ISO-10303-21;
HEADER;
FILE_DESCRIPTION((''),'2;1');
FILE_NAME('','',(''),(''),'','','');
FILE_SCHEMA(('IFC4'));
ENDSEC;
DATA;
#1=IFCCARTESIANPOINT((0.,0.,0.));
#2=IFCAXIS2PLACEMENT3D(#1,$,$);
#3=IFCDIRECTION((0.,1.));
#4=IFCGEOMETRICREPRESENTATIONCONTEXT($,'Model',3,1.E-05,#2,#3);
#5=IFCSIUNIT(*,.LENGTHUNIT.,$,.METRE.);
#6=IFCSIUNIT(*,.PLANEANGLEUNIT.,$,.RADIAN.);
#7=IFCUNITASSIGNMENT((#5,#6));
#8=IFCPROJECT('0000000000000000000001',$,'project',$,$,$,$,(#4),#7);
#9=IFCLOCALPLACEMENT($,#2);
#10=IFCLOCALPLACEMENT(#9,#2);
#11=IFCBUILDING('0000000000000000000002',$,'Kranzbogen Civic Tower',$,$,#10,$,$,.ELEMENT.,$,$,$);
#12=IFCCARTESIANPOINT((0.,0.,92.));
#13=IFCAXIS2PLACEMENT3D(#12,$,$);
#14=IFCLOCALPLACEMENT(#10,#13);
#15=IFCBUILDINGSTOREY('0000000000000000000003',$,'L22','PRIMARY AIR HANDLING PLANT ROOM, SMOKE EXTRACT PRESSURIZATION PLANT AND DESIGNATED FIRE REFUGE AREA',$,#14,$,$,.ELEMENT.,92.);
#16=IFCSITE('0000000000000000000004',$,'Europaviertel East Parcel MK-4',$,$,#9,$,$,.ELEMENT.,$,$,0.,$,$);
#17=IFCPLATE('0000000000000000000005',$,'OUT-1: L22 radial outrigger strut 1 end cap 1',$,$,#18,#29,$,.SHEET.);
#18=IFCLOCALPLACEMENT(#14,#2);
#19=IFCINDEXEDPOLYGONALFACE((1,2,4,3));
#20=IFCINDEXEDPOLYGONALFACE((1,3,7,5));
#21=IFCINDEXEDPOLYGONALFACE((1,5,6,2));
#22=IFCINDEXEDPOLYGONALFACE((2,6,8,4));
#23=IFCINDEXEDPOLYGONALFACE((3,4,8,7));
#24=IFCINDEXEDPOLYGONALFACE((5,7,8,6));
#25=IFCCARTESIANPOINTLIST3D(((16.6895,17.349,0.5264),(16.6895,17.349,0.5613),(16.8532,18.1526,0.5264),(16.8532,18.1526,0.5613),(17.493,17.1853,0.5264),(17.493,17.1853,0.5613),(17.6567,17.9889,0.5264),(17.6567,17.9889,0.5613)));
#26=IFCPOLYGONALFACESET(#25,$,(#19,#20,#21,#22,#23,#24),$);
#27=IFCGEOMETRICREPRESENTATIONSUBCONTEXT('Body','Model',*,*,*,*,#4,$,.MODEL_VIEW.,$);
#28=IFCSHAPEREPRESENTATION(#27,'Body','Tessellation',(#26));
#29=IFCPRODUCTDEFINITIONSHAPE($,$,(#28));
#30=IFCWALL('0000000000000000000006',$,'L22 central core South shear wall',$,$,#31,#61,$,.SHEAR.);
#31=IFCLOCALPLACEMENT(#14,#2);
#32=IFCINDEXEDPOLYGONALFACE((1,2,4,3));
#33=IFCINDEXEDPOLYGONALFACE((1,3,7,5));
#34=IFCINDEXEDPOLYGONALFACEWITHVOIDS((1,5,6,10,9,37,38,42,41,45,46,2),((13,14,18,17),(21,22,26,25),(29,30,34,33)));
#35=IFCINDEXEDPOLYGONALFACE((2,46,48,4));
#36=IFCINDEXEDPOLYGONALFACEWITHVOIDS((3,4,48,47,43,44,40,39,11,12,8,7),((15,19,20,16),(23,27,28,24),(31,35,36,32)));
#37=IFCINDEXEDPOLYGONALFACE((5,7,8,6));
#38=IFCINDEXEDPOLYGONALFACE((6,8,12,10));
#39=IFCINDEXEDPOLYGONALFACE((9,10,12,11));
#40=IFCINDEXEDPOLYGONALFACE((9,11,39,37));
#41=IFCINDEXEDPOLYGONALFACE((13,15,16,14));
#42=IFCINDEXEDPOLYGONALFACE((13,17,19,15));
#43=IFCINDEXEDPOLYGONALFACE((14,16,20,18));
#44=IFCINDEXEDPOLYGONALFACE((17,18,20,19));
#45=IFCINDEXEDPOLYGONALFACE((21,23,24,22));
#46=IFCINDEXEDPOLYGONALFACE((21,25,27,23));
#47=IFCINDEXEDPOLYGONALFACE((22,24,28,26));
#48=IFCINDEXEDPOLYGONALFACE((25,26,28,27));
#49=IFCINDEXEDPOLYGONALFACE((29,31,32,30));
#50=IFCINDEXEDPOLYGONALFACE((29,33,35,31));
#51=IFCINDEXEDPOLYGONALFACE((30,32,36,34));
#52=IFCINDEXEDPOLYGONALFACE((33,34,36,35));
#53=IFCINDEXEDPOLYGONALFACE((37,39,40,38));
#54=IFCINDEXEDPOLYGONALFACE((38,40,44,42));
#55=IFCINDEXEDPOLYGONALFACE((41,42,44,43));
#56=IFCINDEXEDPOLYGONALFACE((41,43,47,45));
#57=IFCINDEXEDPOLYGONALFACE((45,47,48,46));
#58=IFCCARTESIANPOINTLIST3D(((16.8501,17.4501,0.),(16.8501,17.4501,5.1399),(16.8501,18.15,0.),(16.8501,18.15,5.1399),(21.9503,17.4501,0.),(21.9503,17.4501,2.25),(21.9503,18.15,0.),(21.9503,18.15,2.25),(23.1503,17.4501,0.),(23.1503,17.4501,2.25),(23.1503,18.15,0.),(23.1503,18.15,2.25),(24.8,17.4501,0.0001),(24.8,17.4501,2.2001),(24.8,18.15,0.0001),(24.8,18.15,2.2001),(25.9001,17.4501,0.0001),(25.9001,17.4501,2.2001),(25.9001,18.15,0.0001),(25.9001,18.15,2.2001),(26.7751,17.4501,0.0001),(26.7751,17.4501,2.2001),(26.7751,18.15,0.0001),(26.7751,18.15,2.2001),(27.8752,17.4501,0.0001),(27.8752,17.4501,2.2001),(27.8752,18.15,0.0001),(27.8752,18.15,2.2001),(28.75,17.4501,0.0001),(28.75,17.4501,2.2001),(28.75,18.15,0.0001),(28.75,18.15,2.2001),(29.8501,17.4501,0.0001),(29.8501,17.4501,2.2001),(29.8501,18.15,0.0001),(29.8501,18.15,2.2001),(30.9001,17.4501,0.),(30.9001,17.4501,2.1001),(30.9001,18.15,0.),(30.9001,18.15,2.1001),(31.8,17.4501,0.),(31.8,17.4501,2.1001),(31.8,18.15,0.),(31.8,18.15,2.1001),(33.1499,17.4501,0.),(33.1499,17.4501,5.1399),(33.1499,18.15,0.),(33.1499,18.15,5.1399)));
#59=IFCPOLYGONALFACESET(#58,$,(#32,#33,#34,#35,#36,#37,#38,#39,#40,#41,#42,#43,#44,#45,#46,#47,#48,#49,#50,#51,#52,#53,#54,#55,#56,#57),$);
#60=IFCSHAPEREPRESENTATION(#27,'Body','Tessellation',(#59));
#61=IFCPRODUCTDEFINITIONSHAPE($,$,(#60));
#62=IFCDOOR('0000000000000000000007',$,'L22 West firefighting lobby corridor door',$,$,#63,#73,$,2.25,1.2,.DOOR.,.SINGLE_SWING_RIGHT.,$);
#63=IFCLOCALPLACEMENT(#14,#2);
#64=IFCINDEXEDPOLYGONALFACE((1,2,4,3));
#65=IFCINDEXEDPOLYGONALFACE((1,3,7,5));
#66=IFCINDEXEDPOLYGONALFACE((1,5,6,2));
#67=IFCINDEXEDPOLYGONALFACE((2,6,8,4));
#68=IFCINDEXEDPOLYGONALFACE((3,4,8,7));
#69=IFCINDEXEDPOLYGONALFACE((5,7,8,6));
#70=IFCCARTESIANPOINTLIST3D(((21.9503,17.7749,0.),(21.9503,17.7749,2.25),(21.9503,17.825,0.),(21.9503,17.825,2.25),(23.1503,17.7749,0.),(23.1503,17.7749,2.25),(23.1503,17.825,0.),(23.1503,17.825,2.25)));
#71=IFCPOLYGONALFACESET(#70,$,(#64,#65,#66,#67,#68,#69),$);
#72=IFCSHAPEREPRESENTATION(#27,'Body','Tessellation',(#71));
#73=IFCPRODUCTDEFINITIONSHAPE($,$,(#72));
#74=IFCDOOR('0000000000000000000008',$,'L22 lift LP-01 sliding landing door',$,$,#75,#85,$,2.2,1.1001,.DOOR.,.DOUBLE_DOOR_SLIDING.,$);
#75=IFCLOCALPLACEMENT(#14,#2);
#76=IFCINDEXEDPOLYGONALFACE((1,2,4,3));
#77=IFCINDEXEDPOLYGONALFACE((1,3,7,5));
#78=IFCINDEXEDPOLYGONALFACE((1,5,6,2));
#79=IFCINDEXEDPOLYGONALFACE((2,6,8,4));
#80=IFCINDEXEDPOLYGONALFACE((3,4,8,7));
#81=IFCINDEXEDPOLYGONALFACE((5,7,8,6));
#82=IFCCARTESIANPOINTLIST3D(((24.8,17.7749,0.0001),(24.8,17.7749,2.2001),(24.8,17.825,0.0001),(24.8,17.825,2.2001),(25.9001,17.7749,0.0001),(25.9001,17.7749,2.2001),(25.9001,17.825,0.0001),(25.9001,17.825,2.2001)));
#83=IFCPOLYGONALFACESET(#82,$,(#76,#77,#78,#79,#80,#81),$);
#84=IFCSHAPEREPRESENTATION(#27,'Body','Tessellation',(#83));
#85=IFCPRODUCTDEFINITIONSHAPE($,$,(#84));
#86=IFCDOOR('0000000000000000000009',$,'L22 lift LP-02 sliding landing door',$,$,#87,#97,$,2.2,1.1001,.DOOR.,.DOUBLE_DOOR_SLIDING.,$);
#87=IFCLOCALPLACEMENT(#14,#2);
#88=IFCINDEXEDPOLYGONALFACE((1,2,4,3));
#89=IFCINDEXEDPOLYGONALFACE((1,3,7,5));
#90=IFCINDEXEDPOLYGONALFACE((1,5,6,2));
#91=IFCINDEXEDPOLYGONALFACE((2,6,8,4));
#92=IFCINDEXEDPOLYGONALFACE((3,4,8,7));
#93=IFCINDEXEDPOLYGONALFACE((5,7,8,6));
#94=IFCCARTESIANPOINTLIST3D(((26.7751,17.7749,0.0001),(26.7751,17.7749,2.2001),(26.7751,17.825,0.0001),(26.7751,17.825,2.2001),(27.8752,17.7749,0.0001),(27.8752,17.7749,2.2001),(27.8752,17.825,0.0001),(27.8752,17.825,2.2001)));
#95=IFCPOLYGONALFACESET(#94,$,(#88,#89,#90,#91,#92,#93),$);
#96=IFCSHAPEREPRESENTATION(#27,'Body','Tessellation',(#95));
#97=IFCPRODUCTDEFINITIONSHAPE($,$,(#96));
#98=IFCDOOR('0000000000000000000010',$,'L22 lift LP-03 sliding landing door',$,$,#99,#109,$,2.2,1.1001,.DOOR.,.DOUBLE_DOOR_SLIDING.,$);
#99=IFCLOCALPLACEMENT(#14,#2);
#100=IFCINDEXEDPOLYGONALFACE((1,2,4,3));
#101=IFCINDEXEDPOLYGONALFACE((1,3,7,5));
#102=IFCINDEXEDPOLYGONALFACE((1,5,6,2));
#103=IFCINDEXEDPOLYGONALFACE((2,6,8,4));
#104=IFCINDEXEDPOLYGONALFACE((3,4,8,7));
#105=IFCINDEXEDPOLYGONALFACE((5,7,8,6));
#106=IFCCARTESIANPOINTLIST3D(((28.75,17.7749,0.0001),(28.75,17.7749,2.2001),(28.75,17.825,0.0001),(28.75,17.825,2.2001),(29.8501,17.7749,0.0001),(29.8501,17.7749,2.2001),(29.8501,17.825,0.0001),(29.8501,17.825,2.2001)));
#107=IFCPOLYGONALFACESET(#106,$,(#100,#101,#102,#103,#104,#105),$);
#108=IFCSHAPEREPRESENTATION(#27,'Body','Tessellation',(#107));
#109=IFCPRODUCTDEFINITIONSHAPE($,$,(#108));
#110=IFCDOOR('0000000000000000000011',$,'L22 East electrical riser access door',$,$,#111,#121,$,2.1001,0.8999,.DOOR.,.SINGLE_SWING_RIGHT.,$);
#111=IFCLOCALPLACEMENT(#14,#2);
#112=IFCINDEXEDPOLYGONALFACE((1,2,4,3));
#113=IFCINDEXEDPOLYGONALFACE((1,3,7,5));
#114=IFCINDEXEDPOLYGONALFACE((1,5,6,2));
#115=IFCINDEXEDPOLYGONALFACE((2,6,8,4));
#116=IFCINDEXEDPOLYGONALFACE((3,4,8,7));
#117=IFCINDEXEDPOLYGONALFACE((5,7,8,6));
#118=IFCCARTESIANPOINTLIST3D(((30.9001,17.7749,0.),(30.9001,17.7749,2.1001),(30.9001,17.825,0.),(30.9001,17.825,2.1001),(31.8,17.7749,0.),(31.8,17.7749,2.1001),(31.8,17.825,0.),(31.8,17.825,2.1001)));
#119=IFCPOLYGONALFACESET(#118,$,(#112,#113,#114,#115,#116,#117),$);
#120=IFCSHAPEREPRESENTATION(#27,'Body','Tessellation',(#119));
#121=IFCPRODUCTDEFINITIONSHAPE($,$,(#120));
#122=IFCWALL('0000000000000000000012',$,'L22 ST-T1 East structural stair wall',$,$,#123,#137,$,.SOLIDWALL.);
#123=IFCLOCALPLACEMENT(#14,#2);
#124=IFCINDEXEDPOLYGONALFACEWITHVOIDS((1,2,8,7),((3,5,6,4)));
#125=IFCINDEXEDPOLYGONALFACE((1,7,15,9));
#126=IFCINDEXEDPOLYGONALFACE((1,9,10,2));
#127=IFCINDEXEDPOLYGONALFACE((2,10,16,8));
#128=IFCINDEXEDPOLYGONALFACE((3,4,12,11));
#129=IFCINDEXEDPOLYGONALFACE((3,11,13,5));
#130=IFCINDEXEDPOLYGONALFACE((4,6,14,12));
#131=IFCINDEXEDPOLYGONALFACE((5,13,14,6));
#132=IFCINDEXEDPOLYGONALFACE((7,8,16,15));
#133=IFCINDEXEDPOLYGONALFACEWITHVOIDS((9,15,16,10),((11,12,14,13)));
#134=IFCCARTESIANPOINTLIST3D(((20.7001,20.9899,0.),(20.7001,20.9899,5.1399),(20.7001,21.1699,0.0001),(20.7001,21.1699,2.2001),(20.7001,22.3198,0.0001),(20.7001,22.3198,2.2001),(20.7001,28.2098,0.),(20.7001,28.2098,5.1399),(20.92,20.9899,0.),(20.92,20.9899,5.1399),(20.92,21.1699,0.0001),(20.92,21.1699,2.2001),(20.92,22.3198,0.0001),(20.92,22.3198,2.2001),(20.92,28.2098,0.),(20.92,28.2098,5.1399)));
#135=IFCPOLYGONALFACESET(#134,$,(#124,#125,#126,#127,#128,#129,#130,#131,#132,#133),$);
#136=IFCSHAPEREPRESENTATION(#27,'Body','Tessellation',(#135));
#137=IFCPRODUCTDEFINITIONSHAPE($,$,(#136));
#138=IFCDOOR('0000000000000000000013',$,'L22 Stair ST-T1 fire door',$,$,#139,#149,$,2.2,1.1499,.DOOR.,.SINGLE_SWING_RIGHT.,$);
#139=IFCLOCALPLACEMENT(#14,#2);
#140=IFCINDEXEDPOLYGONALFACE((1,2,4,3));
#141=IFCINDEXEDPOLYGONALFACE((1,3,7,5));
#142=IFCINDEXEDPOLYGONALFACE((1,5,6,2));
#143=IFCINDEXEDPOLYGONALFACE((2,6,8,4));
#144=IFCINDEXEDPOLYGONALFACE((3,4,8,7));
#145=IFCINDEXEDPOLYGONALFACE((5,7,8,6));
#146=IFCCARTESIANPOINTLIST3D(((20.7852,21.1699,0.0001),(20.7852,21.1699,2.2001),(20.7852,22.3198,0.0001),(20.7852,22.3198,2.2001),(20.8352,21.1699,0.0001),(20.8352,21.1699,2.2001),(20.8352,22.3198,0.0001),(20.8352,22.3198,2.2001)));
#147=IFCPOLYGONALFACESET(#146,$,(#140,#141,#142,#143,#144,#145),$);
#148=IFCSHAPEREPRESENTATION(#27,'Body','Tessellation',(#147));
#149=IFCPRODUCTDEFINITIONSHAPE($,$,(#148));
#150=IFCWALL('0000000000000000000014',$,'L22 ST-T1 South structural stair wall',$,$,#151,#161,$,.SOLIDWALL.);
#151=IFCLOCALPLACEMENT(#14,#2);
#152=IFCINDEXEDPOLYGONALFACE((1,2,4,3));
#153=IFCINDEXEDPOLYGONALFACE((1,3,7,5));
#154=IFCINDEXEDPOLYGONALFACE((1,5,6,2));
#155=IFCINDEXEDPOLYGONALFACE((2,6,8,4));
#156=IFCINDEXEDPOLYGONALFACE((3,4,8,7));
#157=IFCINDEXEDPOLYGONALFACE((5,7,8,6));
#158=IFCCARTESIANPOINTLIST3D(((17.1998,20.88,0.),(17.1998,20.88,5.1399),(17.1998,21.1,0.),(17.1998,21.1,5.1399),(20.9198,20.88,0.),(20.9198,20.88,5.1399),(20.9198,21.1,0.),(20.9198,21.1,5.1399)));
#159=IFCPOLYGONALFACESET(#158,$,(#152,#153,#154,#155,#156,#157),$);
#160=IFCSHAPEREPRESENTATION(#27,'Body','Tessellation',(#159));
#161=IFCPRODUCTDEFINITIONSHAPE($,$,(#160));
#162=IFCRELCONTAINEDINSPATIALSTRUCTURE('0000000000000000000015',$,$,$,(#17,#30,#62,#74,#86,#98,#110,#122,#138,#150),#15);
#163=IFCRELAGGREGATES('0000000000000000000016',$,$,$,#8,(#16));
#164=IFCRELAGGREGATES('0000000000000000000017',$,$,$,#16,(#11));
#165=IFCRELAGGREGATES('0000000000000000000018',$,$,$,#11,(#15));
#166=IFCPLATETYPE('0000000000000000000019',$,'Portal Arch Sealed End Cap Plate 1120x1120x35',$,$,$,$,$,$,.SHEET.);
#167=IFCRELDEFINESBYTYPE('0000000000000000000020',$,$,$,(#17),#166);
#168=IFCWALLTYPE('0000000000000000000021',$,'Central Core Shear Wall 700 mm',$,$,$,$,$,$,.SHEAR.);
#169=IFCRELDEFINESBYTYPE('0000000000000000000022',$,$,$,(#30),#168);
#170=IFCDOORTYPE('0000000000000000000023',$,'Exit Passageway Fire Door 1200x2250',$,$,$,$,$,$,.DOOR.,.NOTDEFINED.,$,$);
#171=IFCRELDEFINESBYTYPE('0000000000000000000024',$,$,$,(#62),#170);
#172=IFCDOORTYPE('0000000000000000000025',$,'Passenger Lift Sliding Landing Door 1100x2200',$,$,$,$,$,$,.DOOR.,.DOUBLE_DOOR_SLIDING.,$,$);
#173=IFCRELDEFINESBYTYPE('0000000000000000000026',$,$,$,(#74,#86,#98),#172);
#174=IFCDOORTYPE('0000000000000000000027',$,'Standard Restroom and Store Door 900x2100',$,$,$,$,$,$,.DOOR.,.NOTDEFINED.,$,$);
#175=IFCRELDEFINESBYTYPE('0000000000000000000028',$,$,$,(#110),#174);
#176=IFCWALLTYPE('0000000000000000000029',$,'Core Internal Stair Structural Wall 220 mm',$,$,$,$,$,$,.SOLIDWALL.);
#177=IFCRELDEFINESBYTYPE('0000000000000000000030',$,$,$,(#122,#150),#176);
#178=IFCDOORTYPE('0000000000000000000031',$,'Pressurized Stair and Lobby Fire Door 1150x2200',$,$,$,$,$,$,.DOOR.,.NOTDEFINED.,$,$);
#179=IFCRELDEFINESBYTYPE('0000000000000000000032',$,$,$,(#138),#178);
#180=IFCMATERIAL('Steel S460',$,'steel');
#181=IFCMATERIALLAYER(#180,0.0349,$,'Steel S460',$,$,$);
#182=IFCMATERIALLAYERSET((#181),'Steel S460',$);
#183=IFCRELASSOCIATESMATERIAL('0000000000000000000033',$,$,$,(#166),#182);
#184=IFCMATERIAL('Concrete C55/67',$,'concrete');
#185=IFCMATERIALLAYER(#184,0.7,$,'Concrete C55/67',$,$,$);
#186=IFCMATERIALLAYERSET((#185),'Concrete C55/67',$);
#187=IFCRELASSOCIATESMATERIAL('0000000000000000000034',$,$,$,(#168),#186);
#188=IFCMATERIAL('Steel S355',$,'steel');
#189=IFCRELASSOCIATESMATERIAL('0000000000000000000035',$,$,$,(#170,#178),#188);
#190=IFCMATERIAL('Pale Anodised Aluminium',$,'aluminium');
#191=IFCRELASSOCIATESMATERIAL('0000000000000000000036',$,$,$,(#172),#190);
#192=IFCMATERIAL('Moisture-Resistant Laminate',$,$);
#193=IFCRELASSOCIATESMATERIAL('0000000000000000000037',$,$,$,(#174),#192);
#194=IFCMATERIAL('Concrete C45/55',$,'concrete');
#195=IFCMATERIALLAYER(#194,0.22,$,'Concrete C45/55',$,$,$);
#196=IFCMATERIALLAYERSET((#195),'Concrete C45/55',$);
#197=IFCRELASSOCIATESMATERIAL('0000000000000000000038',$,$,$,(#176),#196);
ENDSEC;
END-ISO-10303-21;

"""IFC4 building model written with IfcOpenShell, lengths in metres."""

from ifc_helpers import new_model, si_unit, direction, frame, frame_2d, origin, origin_2d, place, context, subcontext, project, spatial, rectangle, extrude, material, layer, layer_set, type_object, element, fill, save


model = new_model("IFC4")

# Units and contexts
model_context = context("Model", 3, precision=1e-05, world=origin(), true_north=direction((0.0, 1.0)))
body_context = subcontext(model_context, "Body", "Model", "MODEL_VIEW")
ifc_project = project(units=[si_unit("LENGTHUNIT", "METRE"), si_unit("PLANEANGLEUNIT", "RADIAN")], contexts=[model_context])

# Site, building, storey
site_placement = place(None, origin())
site = spatial("IfcSite", under=ifc_project, at=site_placement, Name="Europaviertel East Parcel MK-4", CompositionType="ELEMENT", RefElevation=0.0)
building_placement = place(site_placement, origin())
building = spatial("IfcBuilding", under=site, at=building_placement, Name="Kranzbogen Civic Tower", CompositionType="ELEMENT")
storey_placement = place(building_placement, frame((0.0, 0.0, 92.0)))
storey = spatial("IfcBuildingStorey", under=building, at=storey_placement, Name="L22", Description="PRIMARY AIR HANDLING PLANT ROOM, SMOKE EXTRACT PRESSURIZATION PLANT AND DESIGNATED FIRE REFUGE AREA", CompositionType="ELEMENT", Elevation=92.0)

# Shared definitions
ifc_material_1 = material(Name="Steel S460", Category="steel")

# Shared definitions
ifc_material_2 = material(Name="Steel S355", Category="steel")

# Plate
ifc_layer_1 = layer(ifc_material_1, 0.0349, Name="Steel S460")
ifc_layer_set_1 = layer_set([ifc_layer_1], Name="Steel S460")
plate_type = type_object("IfcPlateType", Name="Portal Arch Sealed End Cap Plate 1120x1120x35", PredefinedType="SHEET", material=ifc_layer_set_1)
plate_placement = place(storey_placement, frame((17.1731, 17.6689, 0.5264), z_axis=(0.0, 0.0, 1.0), x_axis=(-0.199624, -0.979872, 0.0)))
element("IfcPlate", 1, at=plate_placement, inside=storey, type_object=plate_type, Name="OUT-1: L22 radial outrigger strut 1 end cap 1", PredefinedType="SHEET", context=body_context, shape_type="SweptSolid", body=[
    extrude(rectangle(XDim=0.8201, YDim=0.8201, at=origin_2d()), origin(), (0.0, 0.0, 1.0), 0.0349),
])

# Wall, openings, doors
ifc_material_3 = material(Name="Concrete C55/67", Category="concrete")
ifc_layer_2 = layer(ifc_material_3, 0.7, Name="Concrete C55/67")
ifc_layer_set_2 = layer_set([ifc_layer_2], Name="Concrete C55/67")
wall_type_1 = type_object("IfcWallType", Name="Central Core Shear Wall 700 mm", PredefinedType="SHEAR", material=ifc_layer_set_2)
wall_1_placement = place(storey_placement, frame((16.8501, 17.8, 0.0), z_axis=(0.0, 0.0, 1.0), x_axis=(1.0, 0.0, 0.0)))
wall_1 = element("IfcWall", 2, at=wall_1_placement, inside=storey, type_object=wall_type_1, Name="L22 central core South shear wall", PredefinedType="SHEAR", context=body_context, shape_type="SweptSolid", body=[
    extrude(rectangle(XDim=16.2998, YDim=0.7, at=frame_2d((8.1499, 0.0))), origin(), (0.0, 0.0, 1.0), 5.1399),
])
opening_1_placement = place(wall_1_placement, frame((5.1001, 0.0, 0.0)))
opening_1 = element("IfcOpeningElement", 3, at=opening_1_placement, cuts=wall_1, PredefinedType="OPENING", context=body_context, shape_type="SweptSolid", body=[
    extrude(rectangle(XDim=1.2, YDim=2.25, at=frame_2d((0.6001, 1.125))), frame((0.0, 0.3599, 0.0), z_axis=(0.0, -1.0, 0.0), x_axis=(1.0, 0.0, 0.0)), (0.0, 0.0, 1.0), 0.72),
])
opening_2_placement = place(wall_1_placement, frame((14.05, 0.0, 0.0)))
opening_2 = element("IfcOpeningElement", 4, at=opening_2_placement, cuts=wall_1, PredefinedType="OPENING", context=body_context, shape_type="SweptSolid", body=[
    extrude(rectangle(XDim=0.8999, YDim=2.1001, at=frame_2d((0.45, 1.05))), frame((0.0, 0.3599, 0.0), z_axis=(0.0, -1.0, 0.0), x_axis=(1.0, 0.0, 0.0)), (0.0, 0.0, 1.0), 0.72),
])
opening_3_placement = place(wall_1_placement, frame((7.95, 0.0, 0.0)))
opening_3 = element("IfcOpeningElement", 5, at=opening_3_placement, cuts=wall_1, PredefinedType="OPENING", context=body_context, shape_type="SweptSolid", body=[
    extrude(rectangle(XDim=1.1001, YDim=2.2, at=frame_2d((0.55, 1.1001))), frame((0.0, 0.3599, 0.0), z_axis=(0.0, -1.0, 0.0), x_axis=(1.0, 0.0, 0.0)), (0.0, 0.0, 1.0), 0.72),
])
opening_4_placement = place(wall_1_placement, frame((9.925, 0.0, 0.0)))
opening_4 = element("IfcOpeningElement", 6, at=opening_4_placement, cuts=wall_1, PredefinedType="OPENING", context=body_context, shape_type="SweptSolid", body=[
    extrude(rectangle(XDim=1.1001, YDim=2.2, at=frame_2d((0.55, 1.1001))), frame((0.0, 0.3599, 0.0), z_axis=(0.0, -1.0, 0.0), x_axis=(1.0, 0.0, 0.0)), (0.0, 0.0, 1.0), 0.72),
])
opening_5_placement = place(wall_1_placement, frame((11.8999, 0.0, 0.0)))
opening_5 = element("IfcOpeningElement", 7, at=opening_5_placement, cuts=wall_1, PredefinedType="OPENING", context=body_context, shape_type="SweptSolid", body=[
    extrude(rectangle(XDim=1.1001, YDim=2.2, at=frame_2d((0.55, 1.1001))), frame((0.0, 0.3599, 0.0), z_axis=(0.0, -1.0, 0.0), x_axis=(1.0, 0.0, 0.0)), (0.0, 0.0, 1.0), 0.72),
])
door_type_1 = type_object("IfcDoorType", Name="Exit Passageway Fire Door 1200x2250", OperationType="NOTDEFINED", PredefinedType="DOOR", material=ifc_material_2)
door_1_placement = place(opening_1_placement, origin())
door_1 = element("IfcDoor", 8, at=door_1_placement, inside=storey, type_object=door_type_1, Name="L22 West firefighting lobby corridor door", OperationType="SINGLE_SWING_RIGHT", OverallHeight=2.25, OverallWidth=1.2, PredefinedType="DOOR", context=body_context, shape_type="SweptSolid", body=[
    extrude(rectangle(XDim=1.2, YDim=2.25, at=frame_2d((0.6001, 1.125))), frame((0.0, 0.0249, 0.0), z_axis=(0.0, -1.0, 0.0), x_axis=(1.0, 0.0, 0.0)), (0.0, 0.0, 1.0), 0.05),
])
fill(opening_1, door_1)
ifc_material_4 = material(Name="Pale Anodised Aluminium", Category="aluminium")
door_type_2 = type_object("IfcDoorType", Name="Passenger Lift Sliding Landing Door 1100x2200", OperationType="DOUBLE_DOOR_SLIDING", PredefinedType="DOOR", material=ifc_material_4)
door_2_placement = place(opening_3_placement, origin())
door_2 = element("IfcDoor", 9, at=door_2_placement, inside=storey, type_object=door_type_2, Name="L22 lift LP-01 sliding landing door", OperationType="DOUBLE_DOOR_SLIDING", OverallHeight=2.2, OverallWidth=1.1001, PredefinedType="DOOR", context=body_context, shape_type="SweptSolid", body=[
    extrude(rectangle(XDim=1.1001, YDim=2.2, at=frame_2d((0.55, 1.1001))), frame((0.0, 0.0249, 0.0), z_axis=(0.0, -1.0, 0.0), x_axis=(1.0, 0.0, 0.0)), (0.0, 0.0, 1.0), 0.05),
])
fill(opening_3, door_2)
door_3_placement = place(opening_4_placement, origin())
door_3 = element("IfcDoor", 10, at=door_3_placement, inside=storey, type_object=door_type_2, Name="L22 lift LP-02 sliding landing door", OperationType="DOUBLE_DOOR_SLIDING", OverallHeight=2.2, OverallWidth=1.1001, PredefinedType="DOOR", context=body_context, shape_type="SweptSolid", body=[
    extrude(rectangle(XDim=1.1001, YDim=2.2, at=frame_2d((0.55, 1.1001))), frame((0.0, 0.0249, 0.0), z_axis=(0.0, -1.0, 0.0), x_axis=(1.0, 0.0, 0.0)), (0.0, 0.0, 1.0), 0.05),
])
fill(opening_4, door_3)
door_4_placement = place(opening_5_placement, origin())
door_4 = element("IfcDoor", 11, at=door_4_placement, inside=storey, type_object=door_type_2, Name="L22 lift LP-03 sliding landing door", OperationType="DOUBLE_DOOR_SLIDING", OverallHeight=2.2, OverallWidth=1.1001, PredefinedType="DOOR", context=body_context, shape_type="SweptSolid", body=[
    extrude(rectangle(XDim=1.1001, YDim=2.2, at=frame_2d((0.55, 1.1001))), frame((0.0, 0.0249, 0.0), z_axis=(0.0, -1.0, 0.0), x_axis=(1.0, 0.0, 0.0)), (0.0, 0.0, 1.0), 0.05),
])
fill(opening_5, door_4)
ifc_material_5 = material(Name="Moisture-Resistant Laminate")
door_type_3 = type_object("IfcDoorType", Name="Standard Restroom and Store Door 900x2100", OperationType="NOTDEFINED", PredefinedType="DOOR", material=ifc_material_5)
door_5_placement = place(opening_2_placement, origin())
door_5 = element("IfcDoor", 12, at=door_5_placement, inside=storey, type_object=door_type_3, Name="L22 East electrical riser access door", OperationType="SINGLE_SWING_RIGHT", OverallHeight=2.1001, OverallWidth=0.8999, PredefinedType="DOOR", context=body_context, shape_type="SweptSolid", body=[
    extrude(rectangle(XDim=0.8999, YDim=2.1001, at=frame_2d((0.45, 1.05))), frame((0.0, 0.0249, 0.0), z_axis=(0.0, -1.0, 0.0), x_axis=(1.0, 0.0, 0.0)), (0.0, 0.0, 1.0), 0.05),
])
fill(opening_2, door_5)

# Wall, opening, door
ifc_material_6 = material(Name="Concrete C45/55", Category="concrete")
ifc_layer_3 = layer(ifc_material_6, 0.22, Name="Concrete C45/55")
ifc_layer_set_3 = layer_set([ifc_layer_3], Name="Concrete C45/55")
wall_type_2 = type_object("IfcWallType", Name="Core Internal Stair Structural Wall 220 mm", PredefinedType="SOLIDWALL", material=ifc_layer_set_3)
wall_2_placement = place(storey_placement, frame((20.8101, 20.99, 0.0), z_axis=(0.0, 0.0, 1.0), x_axis=(0.0, 1.0, 0.0)))
wall_2 = element("IfcWall", 13, at=wall_2_placement, inside=storey, type_object=wall_type_2, Name="L22 ST-T1 East structural stair wall", PredefinedType="SOLIDWALL", context=body_context, shape_type="SweptSolid", body=[
    extrude(rectangle(XDim=7.22, YDim=0.22, at=frame_2d((3.6099, 0.0))), origin(), (0.0, 0.0, 1.0), 5.1399),
])
opening_6_placement = place(wall_2_placement, frame((0.1799, 0.0, 0.0)))
opening_6 = element("IfcOpeningElement", 14, at=opening_6_placement, cuts=wall_2, PredefinedType="OPENING", context=body_context, shape_type="SweptSolid", body=[
    extrude(rectangle(XDim=1.1499, YDim=2.2, at=frame_2d((0.575, 1.1001))), frame((0.0, 0.1201, 0.0), z_axis=(0.0, -1.0, 0.0), x_axis=(1.0, 0.0, 0.0)), (0.0, 0.0, 1.0), 0.24),
])
door_type_4 = type_object("IfcDoorType", Name="Pressurized Stair and Lobby Fire Door 1150x2200", OperationType="NOTDEFINED", PredefinedType="DOOR", material=ifc_material_2)
door_6_placement = place(opening_6_placement, origin())
door_6 = element("IfcDoor", 15, at=door_6_placement, inside=storey, type_object=door_type_4, Name="L22 Stair ST-T1 fire door", OperationType="SINGLE_SWING_RIGHT", OverallHeight=2.2, OverallWidth=1.1499, PredefinedType="DOOR", context=body_context, shape_type="SweptSolid", body=[
    extrude(rectangle(XDim=1.1499, YDim=2.2, at=frame_2d((0.575, 1.1001))), frame((0.0, 0.0249, 0.0), z_axis=(0.0, -1.0, 0.0), x_axis=(1.0, 0.0, 0.0)), (0.0, 0.0, 1.0), 0.05),
])
fill(opening_6, door_6)

# Wall
wall_3_placement = place(storey_placement, frame((17.2, 20.99, 0.0), z_axis=(0.0, 0.0, 1.0), x_axis=(1.0, 0.0, 0.0)))
element("IfcWall", 16, at=wall_3_placement, inside=storey, type_object=wall_type_2, Name="L22 ST-T1 South structural stair wall", PredefinedType="SOLIDWALL", context=body_context, shape_type="SweptSolid", body=[
    extrude(rectangle(XDim=3.72, YDim=0.22, at=frame_2d((1.8599, 0.0))), origin(), (0.0, 0.0, 1.0), 5.1399),
])

save(model, "model.ifc")
